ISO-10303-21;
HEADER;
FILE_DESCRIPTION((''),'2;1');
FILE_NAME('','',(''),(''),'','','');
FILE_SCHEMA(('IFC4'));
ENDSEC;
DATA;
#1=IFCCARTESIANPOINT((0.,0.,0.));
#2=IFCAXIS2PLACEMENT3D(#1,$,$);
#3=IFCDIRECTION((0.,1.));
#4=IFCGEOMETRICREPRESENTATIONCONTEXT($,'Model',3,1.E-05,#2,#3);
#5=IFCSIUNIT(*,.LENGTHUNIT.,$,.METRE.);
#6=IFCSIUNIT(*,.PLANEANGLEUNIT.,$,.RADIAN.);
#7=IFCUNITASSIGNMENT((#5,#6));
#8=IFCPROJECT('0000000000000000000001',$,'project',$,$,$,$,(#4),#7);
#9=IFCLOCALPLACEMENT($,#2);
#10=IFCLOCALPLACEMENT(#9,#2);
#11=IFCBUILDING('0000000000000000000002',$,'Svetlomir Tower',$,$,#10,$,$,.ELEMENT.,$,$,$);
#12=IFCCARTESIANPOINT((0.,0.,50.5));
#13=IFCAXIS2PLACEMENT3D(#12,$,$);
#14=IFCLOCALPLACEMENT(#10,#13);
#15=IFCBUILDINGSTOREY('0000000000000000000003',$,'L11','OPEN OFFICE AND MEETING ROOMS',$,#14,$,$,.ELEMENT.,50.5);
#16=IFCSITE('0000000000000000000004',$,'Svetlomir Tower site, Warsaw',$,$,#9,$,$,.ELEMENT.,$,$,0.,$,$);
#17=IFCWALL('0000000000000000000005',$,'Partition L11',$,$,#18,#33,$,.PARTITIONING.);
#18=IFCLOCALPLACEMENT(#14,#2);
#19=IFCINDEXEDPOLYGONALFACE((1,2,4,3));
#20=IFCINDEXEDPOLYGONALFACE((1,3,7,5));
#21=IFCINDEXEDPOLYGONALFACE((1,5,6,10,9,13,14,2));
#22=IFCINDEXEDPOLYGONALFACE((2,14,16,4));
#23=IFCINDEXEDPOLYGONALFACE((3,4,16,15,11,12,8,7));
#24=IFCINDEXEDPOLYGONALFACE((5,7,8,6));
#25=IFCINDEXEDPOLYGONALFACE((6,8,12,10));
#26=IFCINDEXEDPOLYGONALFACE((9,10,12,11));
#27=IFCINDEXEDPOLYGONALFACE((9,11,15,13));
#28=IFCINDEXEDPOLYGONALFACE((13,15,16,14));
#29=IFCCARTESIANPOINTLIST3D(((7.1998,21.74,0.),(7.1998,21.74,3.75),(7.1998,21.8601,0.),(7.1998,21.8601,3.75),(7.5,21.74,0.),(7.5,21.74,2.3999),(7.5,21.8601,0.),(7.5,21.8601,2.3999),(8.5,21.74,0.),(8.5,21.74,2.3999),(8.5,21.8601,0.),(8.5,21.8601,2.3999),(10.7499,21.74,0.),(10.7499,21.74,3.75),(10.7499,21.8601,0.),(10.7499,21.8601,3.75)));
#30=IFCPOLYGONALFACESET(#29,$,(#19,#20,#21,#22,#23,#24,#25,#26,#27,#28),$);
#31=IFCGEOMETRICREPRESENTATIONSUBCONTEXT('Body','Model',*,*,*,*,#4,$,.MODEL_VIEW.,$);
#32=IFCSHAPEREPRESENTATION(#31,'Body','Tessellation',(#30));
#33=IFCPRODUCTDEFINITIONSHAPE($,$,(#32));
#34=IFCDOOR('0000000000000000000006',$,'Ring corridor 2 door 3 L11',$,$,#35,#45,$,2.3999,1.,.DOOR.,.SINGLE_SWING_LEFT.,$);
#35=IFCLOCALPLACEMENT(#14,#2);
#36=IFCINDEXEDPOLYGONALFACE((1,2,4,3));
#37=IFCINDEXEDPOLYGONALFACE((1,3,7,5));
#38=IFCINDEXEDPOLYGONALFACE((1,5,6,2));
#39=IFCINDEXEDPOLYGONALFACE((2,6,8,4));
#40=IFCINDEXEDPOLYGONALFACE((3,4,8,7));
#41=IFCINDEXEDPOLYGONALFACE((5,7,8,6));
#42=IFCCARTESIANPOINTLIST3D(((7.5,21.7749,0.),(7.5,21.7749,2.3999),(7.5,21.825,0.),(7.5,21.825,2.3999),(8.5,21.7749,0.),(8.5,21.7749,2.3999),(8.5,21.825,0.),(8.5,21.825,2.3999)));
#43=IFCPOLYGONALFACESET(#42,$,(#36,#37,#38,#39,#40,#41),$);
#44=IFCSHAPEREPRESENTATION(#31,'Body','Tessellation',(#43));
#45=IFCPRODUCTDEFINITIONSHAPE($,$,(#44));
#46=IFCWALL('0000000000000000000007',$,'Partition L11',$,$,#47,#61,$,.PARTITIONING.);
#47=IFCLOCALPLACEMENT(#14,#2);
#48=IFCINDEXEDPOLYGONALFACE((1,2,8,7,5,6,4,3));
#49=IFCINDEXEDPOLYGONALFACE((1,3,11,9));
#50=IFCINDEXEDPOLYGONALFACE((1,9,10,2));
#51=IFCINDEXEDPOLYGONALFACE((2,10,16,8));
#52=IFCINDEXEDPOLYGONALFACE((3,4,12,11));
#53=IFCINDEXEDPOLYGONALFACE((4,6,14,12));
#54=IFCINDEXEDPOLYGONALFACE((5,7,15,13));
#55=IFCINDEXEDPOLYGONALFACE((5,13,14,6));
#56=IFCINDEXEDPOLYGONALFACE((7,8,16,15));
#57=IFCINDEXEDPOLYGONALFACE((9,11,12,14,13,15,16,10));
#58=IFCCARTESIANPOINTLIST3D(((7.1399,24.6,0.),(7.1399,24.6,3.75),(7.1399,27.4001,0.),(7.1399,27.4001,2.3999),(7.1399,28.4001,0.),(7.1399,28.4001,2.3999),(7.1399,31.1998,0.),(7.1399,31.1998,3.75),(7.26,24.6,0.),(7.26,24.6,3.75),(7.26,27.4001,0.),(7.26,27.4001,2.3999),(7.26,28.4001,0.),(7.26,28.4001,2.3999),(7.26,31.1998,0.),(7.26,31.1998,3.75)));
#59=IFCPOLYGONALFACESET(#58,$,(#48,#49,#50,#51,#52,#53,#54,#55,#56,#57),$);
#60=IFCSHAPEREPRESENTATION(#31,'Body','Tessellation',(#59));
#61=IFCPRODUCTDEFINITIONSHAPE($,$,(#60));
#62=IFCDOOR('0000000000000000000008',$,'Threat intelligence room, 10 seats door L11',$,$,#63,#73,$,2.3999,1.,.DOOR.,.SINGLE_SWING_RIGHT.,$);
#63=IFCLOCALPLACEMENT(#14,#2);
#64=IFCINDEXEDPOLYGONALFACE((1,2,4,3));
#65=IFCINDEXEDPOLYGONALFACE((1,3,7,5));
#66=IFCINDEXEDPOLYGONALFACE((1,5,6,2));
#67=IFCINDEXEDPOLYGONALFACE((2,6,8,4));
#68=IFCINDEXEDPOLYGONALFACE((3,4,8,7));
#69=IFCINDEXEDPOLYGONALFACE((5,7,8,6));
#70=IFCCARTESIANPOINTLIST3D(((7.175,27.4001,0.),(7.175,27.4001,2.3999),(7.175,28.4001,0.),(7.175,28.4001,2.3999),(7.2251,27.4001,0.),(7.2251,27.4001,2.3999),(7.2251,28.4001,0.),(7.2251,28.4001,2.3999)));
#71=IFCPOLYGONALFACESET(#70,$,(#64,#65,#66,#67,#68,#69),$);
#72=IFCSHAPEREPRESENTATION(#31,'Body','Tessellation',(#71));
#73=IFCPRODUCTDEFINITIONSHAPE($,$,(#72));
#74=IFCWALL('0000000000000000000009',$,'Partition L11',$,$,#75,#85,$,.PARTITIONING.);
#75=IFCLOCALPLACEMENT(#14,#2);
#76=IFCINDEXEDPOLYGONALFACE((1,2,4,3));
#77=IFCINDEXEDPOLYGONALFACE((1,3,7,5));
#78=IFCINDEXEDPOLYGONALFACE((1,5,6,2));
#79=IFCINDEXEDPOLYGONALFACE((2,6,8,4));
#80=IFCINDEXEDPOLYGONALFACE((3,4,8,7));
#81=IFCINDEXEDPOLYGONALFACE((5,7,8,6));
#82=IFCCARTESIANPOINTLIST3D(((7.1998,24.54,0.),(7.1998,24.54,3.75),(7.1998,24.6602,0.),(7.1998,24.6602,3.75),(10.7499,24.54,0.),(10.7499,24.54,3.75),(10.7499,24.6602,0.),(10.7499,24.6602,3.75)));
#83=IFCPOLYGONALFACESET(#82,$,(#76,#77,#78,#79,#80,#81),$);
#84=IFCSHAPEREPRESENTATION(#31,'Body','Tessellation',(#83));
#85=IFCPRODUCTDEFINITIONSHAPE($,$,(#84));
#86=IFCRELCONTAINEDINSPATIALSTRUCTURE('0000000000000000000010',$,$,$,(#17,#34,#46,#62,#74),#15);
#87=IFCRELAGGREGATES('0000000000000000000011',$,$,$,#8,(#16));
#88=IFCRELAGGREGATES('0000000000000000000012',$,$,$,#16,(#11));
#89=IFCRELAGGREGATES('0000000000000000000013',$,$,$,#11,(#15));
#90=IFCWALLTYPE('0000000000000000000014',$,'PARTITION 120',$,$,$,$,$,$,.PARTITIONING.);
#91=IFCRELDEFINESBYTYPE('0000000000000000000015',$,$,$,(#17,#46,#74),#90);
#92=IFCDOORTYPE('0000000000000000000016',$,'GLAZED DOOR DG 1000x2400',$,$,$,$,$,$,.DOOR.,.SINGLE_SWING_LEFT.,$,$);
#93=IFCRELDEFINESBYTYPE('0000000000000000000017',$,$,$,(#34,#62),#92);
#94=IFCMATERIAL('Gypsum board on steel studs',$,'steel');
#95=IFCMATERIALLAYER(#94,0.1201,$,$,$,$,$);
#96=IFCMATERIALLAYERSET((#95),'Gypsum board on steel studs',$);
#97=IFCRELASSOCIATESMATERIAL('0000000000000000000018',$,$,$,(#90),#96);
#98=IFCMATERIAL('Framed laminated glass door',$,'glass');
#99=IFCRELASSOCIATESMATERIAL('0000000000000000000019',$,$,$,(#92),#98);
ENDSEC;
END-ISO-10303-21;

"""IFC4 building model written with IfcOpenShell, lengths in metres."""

from ifc_helpers import new_model, si_unit, direction, frame, frame_2d, origin, place, context, subcontext, project, spatial, rectangle, extrude, material, layer, layer_set, type_object, element, fill, save


model = new_model("IFC4")

# Units and contexts
model_context = context("Model", 3, precision=1e-05, world=origin(), true_north=direction((0.0, 1.0)))
body_context = subcontext(model_context, "Body", "Model", "MODEL_VIEW")
ifc_project = project(units=[si_unit("LENGTHUNIT", "METRE"), si_unit("PLANEANGLEUNIT", "RADIAN")], contexts=[model_context])

# Site, building, storey
site_placement = place(None, origin())
site = spatial("IfcSite", under=ifc_project, at=site_placement, Name="Svetlomir Tower site, Warsaw", CompositionType="ELEMENT", RefElevation=0.0)
building_placement = place(site_placement, origin())
building = spatial("IfcBuilding", under=site, at=building_placement, Name="Svetlomir Tower", CompositionType="ELEMENT")
storey_placement = place(building_placement, frame((0.0, 0.0, 50.5)))
storey = spatial("IfcBuildingStorey", under=building, at=storey_placement, Name="L11", Description="OPEN OFFICE AND MEETING ROOMS", CompositionType="ELEMENT", Elevation=50.5)

# Shared definitions
ifc_material_1 = material(Name="Gypsum board on steel studs", Category="steel")
ifc_layer_1 = layer(ifc_material_1, 0.1201)
ifc_layer_set_1 = layer_set([ifc_layer_1], Name="Gypsum board on steel studs")
wall_type_1 = type_object("IfcWallType", Name="PARTITION 120", PredefinedType="PARTITIONING", material=ifc_layer_set_1)
ifc_material_2 = material(Name="Framed laminated glass door", Category="glass")
door_type_1 = type_object("IfcDoorType", Name="GLAZED DOOR DG 1000x2400", OperationType="SINGLE_SWING_LEFT", PredefinedType="DOOR", material=ifc_material_2)

# Walls, openings, doors
wall_1_placement = place(storey_placement, frame((7.2, 21.8, 0.0), z_axis=(0.0, 0.0, 1.0), x_axis=(1.0, 0.0, 0.0)))
wall_1 = element("IfcWall", 1, at=wall_1_placement, inside=storey, type_object=wall_type_1, Name="Partition L11", PredefinedType="PARTITIONING", context=body_context, shape_type="SweptSolid", body=[
    extrude(rectangle(XDim=3.55, YDim=0.1201, at=frame_2d((1.7749, 0.0))), origin(), (0.0, 0.0, 1.0), 3.75),
])
opening_1_placement = place(wall_1_placement, frame((0.3, 0.0, 0.0)))
opening_1 = element("IfcOpeningElement", 2, at=opening_1_placement, cuts=wall_1, PredefinedType="OPENING", context=body_context, shape_type="SweptSolid", body=[
    extrude(rectangle(XDim=1.0, YDim=2.3999, at=frame_2d((0.5, 1.2))), frame((0.0, 0.0701, 0.0), z_axis=(0.0, -1.0, 0.0), x_axis=(1.0, 0.0, 0.0)), (0.0, 0.0, 1.0), 0.1401),
])
door_1_placement = place(opening_1_placement, origin())
door_1 = element("IfcDoor", 3, at=door_1_placement, inside=storey, type_object=door_type_1, Name="Ring corridor 2 door 3 L11", OperationType="SINGLE_SWING_LEFT", OverallHeight=2.3999, OverallWidth=1.0, PredefinedType="DOOR", context=body_context, shape_type="SweptSolid", body=[
    extrude(rectangle(XDim=1.0, YDim=2.3999, at=frame_2d((0.5, 1.2))), frame((0.0, 0.0249, 0.0), z_axis=(0.0, -1.0, 0.0), x_axis=(1.0, 0.0, 0.0)), (0.0, 0.0, 1.0), 0.05),
])
fill(opening_1, door_1)
wall_2_placement = place(storey_placement, frame((7.2, 24.6001, 0.0), z_axis=(0.0, 0.0, 1.0), x_axis=(0.0, 1.0, 0.0)))
wall_2 = element("IfcWall", 4, at=wall_2_placement, inside=storey, type_object=wall_type_1, Name="Partition L11", PredefinedType="PARTITIONING", context=body_context, shape_type="SweptSolid", body=[
    extrude(rectangle(XDim=6.5999, YDim=0.1201, at=frame_2d((3.2998, 0.0))), origin(), (0.0, 0.0, 1.0), 3.75),
])
opening_2_placement = place(wall_2_placement, frame((2.8, 0.0, 0.0)))
opening_2 = element("IfcOpeningElement", 5, at=opening_2_placement, cuts=wall_2, PredefinedType="OPENING", context=body_context, shape_type="SweptSolid", body=[
    extrude(rectangle(XDim=1.0, YDim=2.3999, at=frame_2d((0.5, 1.2))), frame((0.0, 0.0701, 0.0), z_axis=(0.0, -1.0, 0.0), x_axis=(1.0, 0.0, 0.0)), (0.0, 0.0, 1.0), 0.1401),
])
door_2_placement = place(opening_2_placement, origin())
door_2 = element("IfcDoor", 6, at=door_2_placement, inside=storey, type_object=door_type_1, Name="Threat intelligence room, 10 seats door L11", OperationType="SINGLE_SWING_RIGHT", OverallHeight=2.3999, OverallWidth=1.0, PredefinedType="DOOR", context=body_context, shape_type="SweptSolid", body=[
    extrude(rectangle(XDim=1.0, YDim=2.3999, at=frame_2d((0.5, 1.2))), frame((0.0, 0.0249, 0.0), z_axis=(0.0, -1.0, 0.0), x_axis=(1.0, 0.0, 0.0)), (0.0, 0.0, 1.0), 0.05),
])
fill(opening_2, door_2)

# Wall
wall_3_placement = place(storey_placement, frame((7.2, 24.6001, 0.0), z_axis=(0.0, 0.0, 1.0), x_axis=(1.0, 0.0, 0.0)))
element("IfcWall", 7, at=wall_3_placement, inside=storey, type_object=wall_type_1, Name="Partition L11", PredefinedType="PARTITIONING", context=body_context, shape_type="SweptSolid", body=[
    extrude(rectangle(XDim=3.55, YDim=0.1201, at=frame_2d((1.7749, 0.0))), origin(), (0.0, 0.0, 1.0), 3.75),
])

save(model, "model.ifc")
